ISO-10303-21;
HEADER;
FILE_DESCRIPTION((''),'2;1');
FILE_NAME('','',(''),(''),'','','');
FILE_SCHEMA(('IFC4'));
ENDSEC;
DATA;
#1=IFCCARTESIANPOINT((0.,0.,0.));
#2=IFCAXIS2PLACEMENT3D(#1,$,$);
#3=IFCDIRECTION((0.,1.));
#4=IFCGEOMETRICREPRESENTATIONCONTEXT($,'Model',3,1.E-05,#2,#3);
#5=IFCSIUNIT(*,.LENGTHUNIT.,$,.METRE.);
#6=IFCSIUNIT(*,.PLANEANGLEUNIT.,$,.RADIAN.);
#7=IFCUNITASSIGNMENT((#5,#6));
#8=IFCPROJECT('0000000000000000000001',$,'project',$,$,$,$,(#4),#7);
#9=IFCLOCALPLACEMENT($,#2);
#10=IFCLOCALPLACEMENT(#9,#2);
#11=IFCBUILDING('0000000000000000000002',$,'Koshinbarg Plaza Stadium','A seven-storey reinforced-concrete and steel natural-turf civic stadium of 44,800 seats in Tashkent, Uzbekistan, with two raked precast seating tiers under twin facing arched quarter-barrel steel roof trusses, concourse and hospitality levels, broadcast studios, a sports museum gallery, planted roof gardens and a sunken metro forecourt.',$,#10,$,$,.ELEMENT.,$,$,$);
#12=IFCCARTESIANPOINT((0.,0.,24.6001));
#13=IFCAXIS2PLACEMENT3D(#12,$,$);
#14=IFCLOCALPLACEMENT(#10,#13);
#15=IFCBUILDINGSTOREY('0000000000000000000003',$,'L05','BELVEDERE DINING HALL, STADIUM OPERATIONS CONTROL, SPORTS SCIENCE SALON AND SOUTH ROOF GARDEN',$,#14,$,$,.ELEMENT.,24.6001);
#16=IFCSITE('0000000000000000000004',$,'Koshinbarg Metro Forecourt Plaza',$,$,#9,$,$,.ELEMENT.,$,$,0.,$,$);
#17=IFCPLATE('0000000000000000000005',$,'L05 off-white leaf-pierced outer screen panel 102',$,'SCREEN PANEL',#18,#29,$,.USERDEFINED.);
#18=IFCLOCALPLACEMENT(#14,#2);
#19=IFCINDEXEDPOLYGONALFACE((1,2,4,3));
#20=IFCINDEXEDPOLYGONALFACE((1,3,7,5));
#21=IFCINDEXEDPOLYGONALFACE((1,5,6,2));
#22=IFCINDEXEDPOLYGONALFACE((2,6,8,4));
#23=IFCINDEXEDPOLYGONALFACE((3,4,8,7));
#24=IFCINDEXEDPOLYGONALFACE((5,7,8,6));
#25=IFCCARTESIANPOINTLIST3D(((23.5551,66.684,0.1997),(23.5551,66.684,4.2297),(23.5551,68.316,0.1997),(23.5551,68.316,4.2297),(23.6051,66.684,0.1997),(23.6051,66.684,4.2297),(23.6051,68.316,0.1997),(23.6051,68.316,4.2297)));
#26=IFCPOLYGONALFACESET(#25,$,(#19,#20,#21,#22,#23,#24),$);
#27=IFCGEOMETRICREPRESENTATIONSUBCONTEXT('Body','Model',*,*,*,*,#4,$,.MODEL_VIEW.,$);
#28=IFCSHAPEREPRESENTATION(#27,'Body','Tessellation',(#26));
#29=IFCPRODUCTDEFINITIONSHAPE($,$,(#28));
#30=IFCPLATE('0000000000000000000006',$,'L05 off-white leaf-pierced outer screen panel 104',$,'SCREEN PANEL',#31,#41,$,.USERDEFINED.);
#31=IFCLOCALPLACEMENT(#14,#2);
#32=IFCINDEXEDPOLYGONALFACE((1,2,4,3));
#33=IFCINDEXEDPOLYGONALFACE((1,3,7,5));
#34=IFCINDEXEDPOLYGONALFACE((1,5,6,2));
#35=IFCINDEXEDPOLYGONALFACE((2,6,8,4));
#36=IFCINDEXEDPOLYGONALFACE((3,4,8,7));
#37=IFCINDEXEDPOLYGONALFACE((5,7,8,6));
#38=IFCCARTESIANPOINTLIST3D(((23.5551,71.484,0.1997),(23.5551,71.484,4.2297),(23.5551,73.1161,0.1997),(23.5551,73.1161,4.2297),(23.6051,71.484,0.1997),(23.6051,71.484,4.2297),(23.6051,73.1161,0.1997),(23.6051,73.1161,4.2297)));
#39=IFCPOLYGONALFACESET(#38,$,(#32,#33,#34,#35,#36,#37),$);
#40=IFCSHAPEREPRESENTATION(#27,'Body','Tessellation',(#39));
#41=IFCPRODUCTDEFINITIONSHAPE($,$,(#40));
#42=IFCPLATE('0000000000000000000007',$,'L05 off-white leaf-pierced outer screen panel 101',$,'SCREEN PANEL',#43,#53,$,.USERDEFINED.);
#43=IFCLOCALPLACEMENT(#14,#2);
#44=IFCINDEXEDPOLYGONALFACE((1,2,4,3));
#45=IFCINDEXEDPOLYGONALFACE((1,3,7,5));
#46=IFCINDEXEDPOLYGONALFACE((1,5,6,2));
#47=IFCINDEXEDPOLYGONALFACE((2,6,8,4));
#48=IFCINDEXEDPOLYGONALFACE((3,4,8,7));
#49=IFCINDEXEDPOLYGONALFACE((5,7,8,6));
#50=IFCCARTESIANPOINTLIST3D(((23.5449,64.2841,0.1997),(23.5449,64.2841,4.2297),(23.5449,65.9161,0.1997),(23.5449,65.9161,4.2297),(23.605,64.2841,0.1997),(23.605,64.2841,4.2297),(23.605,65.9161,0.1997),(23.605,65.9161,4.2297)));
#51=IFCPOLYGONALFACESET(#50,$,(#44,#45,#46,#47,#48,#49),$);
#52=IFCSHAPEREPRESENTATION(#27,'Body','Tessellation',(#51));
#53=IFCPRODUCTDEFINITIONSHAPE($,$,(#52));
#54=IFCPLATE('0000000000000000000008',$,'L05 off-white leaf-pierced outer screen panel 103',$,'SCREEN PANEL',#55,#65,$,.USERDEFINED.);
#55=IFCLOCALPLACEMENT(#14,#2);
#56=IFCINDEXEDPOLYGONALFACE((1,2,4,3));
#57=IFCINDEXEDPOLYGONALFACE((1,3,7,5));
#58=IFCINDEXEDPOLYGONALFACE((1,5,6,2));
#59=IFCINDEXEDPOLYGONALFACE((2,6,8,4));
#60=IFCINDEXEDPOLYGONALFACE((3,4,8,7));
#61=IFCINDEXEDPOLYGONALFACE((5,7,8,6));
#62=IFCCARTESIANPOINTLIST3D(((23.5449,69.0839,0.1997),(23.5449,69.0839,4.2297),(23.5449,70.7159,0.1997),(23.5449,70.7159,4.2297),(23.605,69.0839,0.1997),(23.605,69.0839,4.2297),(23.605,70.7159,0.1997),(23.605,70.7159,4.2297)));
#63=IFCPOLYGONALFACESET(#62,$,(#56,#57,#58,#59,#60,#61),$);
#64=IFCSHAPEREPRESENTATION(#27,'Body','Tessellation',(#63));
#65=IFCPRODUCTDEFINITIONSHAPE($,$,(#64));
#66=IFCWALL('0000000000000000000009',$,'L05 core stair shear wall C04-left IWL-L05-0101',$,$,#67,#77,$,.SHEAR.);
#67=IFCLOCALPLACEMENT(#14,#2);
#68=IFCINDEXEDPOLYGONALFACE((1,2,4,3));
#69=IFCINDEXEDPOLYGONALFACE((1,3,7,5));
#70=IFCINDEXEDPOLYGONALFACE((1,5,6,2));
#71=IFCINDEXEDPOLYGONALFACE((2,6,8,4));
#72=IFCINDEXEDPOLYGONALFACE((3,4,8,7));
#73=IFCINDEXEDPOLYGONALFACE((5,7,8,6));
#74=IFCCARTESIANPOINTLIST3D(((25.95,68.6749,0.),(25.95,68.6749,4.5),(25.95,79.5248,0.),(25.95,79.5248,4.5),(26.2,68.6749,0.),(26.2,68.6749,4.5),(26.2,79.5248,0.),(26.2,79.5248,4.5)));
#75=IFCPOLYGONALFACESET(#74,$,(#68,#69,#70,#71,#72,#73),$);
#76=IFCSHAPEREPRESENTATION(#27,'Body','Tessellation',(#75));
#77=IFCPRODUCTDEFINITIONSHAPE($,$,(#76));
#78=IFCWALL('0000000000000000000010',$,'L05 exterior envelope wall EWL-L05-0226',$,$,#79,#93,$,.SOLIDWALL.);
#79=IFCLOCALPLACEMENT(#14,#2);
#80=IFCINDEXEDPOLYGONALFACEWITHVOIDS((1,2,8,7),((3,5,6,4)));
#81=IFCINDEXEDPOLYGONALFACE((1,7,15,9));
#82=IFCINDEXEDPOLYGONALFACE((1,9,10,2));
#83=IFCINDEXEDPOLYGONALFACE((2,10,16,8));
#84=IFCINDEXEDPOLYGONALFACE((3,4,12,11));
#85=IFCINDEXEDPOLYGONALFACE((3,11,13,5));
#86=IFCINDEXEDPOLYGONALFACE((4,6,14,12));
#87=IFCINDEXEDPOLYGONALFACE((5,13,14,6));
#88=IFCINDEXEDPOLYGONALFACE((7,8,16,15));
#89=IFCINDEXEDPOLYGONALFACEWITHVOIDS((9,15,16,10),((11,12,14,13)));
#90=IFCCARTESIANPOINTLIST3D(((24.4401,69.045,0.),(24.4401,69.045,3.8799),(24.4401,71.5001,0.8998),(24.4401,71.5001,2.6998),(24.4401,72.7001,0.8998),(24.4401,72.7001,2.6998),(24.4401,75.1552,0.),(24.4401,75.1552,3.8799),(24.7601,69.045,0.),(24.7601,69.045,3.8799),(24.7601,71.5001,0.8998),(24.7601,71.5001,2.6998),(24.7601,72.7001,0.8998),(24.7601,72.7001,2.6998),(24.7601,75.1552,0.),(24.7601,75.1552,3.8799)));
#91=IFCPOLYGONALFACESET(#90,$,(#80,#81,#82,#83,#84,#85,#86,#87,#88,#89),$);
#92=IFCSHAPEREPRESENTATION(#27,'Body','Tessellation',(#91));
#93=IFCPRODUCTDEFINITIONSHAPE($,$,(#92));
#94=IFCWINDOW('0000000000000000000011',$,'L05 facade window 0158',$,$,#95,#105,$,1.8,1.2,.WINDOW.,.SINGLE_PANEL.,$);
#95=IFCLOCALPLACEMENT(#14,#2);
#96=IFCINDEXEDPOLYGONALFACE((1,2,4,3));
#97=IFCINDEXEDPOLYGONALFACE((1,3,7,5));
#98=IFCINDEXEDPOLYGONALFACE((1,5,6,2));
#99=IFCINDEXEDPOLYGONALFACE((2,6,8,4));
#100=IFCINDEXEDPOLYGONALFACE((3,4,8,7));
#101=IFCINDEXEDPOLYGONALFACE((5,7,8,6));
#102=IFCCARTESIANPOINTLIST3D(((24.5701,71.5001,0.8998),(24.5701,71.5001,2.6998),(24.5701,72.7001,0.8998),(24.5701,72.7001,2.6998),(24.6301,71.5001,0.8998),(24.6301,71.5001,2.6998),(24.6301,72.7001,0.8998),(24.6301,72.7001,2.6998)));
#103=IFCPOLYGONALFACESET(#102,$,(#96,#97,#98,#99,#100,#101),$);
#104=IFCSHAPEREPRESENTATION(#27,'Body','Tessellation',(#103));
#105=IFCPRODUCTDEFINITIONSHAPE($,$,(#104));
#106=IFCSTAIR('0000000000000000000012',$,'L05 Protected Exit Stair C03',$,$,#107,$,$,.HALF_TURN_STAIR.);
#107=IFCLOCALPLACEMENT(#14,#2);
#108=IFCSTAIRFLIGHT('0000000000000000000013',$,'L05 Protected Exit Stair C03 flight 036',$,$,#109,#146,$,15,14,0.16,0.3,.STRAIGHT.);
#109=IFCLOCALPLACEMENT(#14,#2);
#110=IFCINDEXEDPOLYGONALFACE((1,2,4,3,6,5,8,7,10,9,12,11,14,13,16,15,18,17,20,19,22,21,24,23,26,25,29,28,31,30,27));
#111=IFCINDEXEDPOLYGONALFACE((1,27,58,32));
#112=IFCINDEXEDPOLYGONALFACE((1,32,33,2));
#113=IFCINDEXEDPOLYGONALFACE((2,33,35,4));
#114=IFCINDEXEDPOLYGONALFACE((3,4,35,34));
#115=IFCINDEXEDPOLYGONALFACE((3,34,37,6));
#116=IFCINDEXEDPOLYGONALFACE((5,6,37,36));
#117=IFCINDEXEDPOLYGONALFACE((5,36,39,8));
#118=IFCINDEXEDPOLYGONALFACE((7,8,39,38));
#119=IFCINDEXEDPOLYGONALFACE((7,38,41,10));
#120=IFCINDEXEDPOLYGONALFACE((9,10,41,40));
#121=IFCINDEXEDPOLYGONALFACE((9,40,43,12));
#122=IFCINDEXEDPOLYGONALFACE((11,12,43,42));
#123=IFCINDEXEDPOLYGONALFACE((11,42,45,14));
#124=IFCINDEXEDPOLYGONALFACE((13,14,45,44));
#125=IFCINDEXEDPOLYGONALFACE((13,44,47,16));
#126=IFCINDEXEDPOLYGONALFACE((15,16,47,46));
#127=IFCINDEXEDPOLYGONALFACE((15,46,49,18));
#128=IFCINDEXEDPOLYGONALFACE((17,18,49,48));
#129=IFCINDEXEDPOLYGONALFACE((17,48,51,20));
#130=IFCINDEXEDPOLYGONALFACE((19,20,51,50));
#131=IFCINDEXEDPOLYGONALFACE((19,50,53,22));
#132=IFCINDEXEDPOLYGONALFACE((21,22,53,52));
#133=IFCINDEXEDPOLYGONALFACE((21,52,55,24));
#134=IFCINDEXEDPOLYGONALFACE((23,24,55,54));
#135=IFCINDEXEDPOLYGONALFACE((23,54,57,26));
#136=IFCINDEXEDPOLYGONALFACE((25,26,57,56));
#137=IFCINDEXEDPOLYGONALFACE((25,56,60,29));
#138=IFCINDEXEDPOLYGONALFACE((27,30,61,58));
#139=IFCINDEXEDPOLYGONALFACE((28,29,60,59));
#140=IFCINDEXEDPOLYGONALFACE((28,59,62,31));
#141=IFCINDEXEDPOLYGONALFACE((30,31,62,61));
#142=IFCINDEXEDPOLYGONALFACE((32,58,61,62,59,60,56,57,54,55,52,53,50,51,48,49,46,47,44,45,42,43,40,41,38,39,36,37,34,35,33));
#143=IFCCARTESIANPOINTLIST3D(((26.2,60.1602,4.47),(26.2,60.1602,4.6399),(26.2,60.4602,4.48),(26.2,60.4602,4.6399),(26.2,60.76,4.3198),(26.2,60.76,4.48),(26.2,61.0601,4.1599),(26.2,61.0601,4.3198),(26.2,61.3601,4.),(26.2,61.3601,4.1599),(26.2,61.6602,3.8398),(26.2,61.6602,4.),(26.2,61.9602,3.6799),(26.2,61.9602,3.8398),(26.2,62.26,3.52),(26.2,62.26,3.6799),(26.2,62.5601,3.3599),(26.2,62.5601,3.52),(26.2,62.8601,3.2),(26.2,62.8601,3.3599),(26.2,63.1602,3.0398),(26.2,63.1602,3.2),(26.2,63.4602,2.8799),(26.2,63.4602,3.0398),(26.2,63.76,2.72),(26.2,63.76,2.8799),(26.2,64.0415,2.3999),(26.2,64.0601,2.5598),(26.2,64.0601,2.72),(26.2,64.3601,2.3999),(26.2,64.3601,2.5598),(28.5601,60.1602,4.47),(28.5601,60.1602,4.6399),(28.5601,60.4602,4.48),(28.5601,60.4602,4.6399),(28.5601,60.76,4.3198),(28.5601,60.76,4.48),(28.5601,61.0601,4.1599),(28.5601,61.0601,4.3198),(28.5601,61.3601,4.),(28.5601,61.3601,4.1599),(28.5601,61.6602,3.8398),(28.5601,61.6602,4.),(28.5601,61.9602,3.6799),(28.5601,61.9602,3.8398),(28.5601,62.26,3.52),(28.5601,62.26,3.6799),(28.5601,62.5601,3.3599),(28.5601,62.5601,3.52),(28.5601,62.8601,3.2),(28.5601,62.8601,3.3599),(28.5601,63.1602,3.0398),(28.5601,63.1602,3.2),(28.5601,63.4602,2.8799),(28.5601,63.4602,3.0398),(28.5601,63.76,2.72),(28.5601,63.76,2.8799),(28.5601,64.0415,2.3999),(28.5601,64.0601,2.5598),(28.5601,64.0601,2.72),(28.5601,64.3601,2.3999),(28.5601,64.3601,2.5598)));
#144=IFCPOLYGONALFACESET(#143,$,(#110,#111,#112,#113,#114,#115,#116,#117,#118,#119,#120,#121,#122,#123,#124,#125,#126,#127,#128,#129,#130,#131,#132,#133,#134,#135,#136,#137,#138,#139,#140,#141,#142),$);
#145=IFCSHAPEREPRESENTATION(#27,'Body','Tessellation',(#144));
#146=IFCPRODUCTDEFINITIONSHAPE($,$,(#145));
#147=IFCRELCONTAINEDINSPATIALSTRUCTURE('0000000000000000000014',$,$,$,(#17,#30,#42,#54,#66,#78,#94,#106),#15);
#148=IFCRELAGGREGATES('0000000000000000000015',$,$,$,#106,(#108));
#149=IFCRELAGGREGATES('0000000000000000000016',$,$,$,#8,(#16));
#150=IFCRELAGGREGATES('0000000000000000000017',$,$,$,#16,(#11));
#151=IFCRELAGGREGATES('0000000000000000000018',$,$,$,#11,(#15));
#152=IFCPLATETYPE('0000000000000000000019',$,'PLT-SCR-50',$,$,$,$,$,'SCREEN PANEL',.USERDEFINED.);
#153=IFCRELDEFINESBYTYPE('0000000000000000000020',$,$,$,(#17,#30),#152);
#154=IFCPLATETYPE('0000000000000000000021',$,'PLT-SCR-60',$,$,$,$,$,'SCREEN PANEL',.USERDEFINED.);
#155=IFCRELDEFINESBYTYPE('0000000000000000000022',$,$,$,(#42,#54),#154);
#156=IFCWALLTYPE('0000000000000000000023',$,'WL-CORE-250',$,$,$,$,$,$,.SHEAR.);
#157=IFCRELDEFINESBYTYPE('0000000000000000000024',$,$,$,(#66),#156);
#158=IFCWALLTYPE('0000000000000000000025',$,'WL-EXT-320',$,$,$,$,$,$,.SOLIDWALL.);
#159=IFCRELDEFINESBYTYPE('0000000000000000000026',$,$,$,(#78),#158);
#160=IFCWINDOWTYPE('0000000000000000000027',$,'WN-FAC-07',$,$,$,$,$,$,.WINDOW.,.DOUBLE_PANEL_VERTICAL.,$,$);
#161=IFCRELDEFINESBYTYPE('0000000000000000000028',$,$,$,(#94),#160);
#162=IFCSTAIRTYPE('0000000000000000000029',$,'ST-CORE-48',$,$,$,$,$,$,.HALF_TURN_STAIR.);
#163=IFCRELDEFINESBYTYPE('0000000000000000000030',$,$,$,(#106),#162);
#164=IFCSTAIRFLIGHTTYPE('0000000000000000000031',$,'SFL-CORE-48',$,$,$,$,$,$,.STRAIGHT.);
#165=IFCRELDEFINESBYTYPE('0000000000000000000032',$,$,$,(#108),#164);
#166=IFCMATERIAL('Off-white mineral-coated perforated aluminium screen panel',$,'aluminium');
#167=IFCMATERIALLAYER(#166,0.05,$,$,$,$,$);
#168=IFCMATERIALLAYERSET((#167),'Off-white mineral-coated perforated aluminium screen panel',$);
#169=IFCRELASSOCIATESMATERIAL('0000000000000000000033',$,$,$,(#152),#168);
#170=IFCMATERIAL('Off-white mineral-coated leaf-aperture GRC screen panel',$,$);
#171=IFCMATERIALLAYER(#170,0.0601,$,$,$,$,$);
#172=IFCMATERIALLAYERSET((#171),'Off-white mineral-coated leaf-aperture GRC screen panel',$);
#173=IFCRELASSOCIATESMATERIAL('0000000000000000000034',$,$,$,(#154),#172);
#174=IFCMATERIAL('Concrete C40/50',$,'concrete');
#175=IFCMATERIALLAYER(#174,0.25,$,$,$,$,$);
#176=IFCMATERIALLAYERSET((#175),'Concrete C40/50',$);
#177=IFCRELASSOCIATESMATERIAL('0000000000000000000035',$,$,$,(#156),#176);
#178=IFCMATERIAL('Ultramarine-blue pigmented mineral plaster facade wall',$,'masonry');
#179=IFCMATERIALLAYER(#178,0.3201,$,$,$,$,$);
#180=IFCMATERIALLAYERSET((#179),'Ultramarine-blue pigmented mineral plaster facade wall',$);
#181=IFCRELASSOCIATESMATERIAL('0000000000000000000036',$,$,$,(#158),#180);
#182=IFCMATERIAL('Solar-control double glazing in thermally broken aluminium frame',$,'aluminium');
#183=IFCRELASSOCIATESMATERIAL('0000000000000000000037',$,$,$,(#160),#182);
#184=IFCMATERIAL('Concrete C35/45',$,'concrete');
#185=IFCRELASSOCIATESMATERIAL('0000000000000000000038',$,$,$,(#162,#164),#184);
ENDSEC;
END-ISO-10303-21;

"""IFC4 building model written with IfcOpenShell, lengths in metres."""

from ifc_helpers import new_model, si_unit, direction, frame, frame_2d, origin, origin_2d, place, context, subcontext, project, spatial, polyline, rectangle, outline, extrude, material, layer, layer_set, type_object, element, fill, aggregate, save


model = new_model("IFC4")

# Units and contexts
model_context = context("Model", 3, precision=1e-05, world=origin(), true_north=direction((0.0, 1.0)))
body_context = subcontext(model_context, "Body", "Model", "MODEL_VIEW")
ifc_project = project(units=[si_unit("LENGTHUNIT", "METRE"), si_unit("PLANEANGLEUNIT", "RADIAN")], contexts=[model_context])

# Site, building, storey
site_placement = place(None, origin())
site = spatial("IfcSite", under=ifc_project, at=site_placement, Name="Koshinbarg Metro Forecourt Plaza", CompositionType="ELEMENT", RefElevation=0.0)
building_placement = place(site_placement, origin())
building = spatial("IfcBuilding", under=site, at=building_placement, Name="Koshinbarg Plaza Stadium", Description="A seven-storey reinforced-concrete and steel natural-turf civic stadium of 44,800 seats in Tashkent, Uzbekistan, with two raked precast seating tiers under twin facing arched quarter-barrel steel roof trusses, concourse and hospitality levels, broadcast studios, a sports museum gallery, planted roof gardens and a sunken metro forecourt.", CompositionType="ELEMENT")
storey_placement = place(building_placement, frame((0.0, 0.0, 24.6001)))
storey = spatial("IfcBuildingStorey", under=building, at=storey_placement, Name="L05", Description="BELVEDERE DINING HALL, STADIUM OPERATIONS CONTROL, SPORTS SCIENCE SALON AND SOUTH ROOF GARDEN", CompositionType="ELEMENT", Elevation=24.6001)

# Shared definitions
ifc_material_1 = material(Name="Concrete C40/50", Category="concrete")

# Plates
ifc_material_2 = material(Name="Off-white mineral-coated perforated aluminium screen panel", Category="aluminium")
ifc_layer_1 = layer(ifc_material_2, 0.05)
ifc_layer_set_1 = layer_set([ifc_layer_1], Name="Off-white mineral-coated perforated aluminium screen panel")
plate_type_1 = type_object("IfcPlateType", Name="PLT-SCR-50", ElementType="SCREEN PANEL", PredefinedType="USERDEFINED", material=ifc_layer_set_1)
for number, where, z_axis, x_axis, name in (
    (1, (23.5801, 67.5, 0.1997), (0.0, 0.0, 1.0), (1.0, 0.0, 0.0), "L05 off-white leaf-pierced outer screen panel 102"),
    (2, (23.5801, 72.3, 0.1997), (0.0, 0.0, 1.0), (1.0, 0.0, 0.0), "L05 off-white leaf-pierced outer screen panel 104"),
):
    element("IfcPlate", number, at=place(storey_placement, frame(where, z_axis=z_axis, x_axis=x_axis)), inside=storey, type_object=plate_type_1, Name=name, ObjectType="SCREEN PANEL", PredefinedType="USERDEFINED", context=body_context, shape_type="SweptSolid", body=[
        extrude(rectangle(XDim=0.05, YDim=1.6321, at=origin_2d()), origin(), (0.0, 0.0, 1.0), 4.03),
    ])
ifc_material_3 = material(Name="Off-white mineral-coated leaf-aperture GRC screen panel")
ifc_layer_2 = layer(ifc_material_3, 0.0601)
ifc_layer_set_2 = layer_set([ifc_layer_2], Name="Off-white mineral-coated leaf-aperture GRC screen panel")
plate_type_2 = type_object("IfcPlateType", Name="PLT-SCR-60", ElementType="SCREEN PANEL", PredefinedType="USERDEFINED", material=ifc_layer_set_2)
for number, where, z_axis, x_axis, name in (
    (3, (23.575, 65.1001, 0.1997), (0.0, 0.0, 1.0), (1.0, 0.0, 0.0), "L05 off-white leaf-pierced outer screen panel 101"),
    (4, (23.575, 69.8999, 0.1997), (0.0, 0.0, 1.0), (1.0, 0.0, 0.0), "L05 off-white leaf-pierced outer screen panel 103"),
):
    element("IfcPlate", number, at=place(storey_placement, frame(where, z_axis=z_axis, x_axis=x_axis)), inside=storey, type_object=plate_type_2, Name=name, ObjectType="SCREEN PANEL", PredefinedType="USERDEFINED", context=body_context, shape_type="SweptSolid", body=[
        extrude(rectangle(XDim=0.0601, YDim=1.6321, at=origin_2d()), origin(), (0.0, 0.0, 1.0), 4.03),
    ])

# Wall
ifc_layer_3 = layer(ifc_material_1, 0.25)
ifc_layer_set_3 = layer_set([ifc_layer_3], Name="Concrete C40/50")
wall_type_1 = type_object("IfcWallType", Name="WL-CORE-250", PredefinedType="SHEAR", material=ifc_layer_set_3)
wall_1_placement = place(storey_placement, frame((26.075, 68.675, 0.0), z_axis=(0.0, 0.0, 1.0), x_axis=(0.0, 1.0, 0.0)))
element("IfcWall", 5, at=wall_1_placement, inside=storey, type_object=wall_type_1, Name="L05 core stair shear wall C04-left IWL-L05-0101", PredefinedType="SHEAR", context=body_context, shape_type="SweptSolid", body=[
    extrude(rectangle(XDim=10.8499, YDim=0.25, at=frame_2d((5.4248, 0.0))), origin(), (0.0, 0.0, 1.0), 4.5),
])

# Wall, opening, window
ifc_material_4 = material(Name="Ultramarine-blue pigmented mineral plaster facade wall", Category="masonry")
ifc_layer_4 = layer(ifc_material_4, 0.3201)
ifc_layer_set_4 = layer_set([ifc_layer_4], Name="Ultramarine-blue pigmented mineral plaster facade wall")
wall_type_2 = type_object("IfcWallType", Name="WL-EXT-320", PredefinedType="SOLIDWALL", material=ifc_layer_set_4)
wall_2_placement = place(storey_placement, frame((24.6001, 69.0449, 0.0), z_axis=(0.0, 0.0, 1.0), x_axis=(0.0, 1.0, 0.0)))
wall_2 = element("IfcWall", 6, at=wall_2_placement, inside=storey, type_object=wall_type_2, Name="L05 exterior envelope wall EWL-L05-0226", PredefinedType="SOLIDWALL", context=body_context, shape_type="SweptSolid", body=[
    extrude(rectangle(XDim=6.1101, YDim=0.3201, at=frame_2d((3.0552, 0.0))), origin(), (0.0, 0.0, 1.0), 3.8799),
])
opening_placement = place(wall_2_placement, frame((2.4551, 0.0, 0.8999)))
opening = element("IfcOpeningElement", 7, at=opening_placement, cuts=wall_2, PredefinedType="OPENING", context=body_context, shape_type="SweptSolid", body=[
    extrude(rectangle(XDim=1.2, YDim=1.8, at=frame_2d((0.6001, 0.8999))), frame((0.0, 0.1699, 0.0), z_axis=(0.0, -1.0, 0.0), x_axis=(1.0, 0.0, 0.0)), (0.0, 0.0, 1.0), 0.3401),
])
ifc_material_5 = material(Name="Solar-control double glazing in thermally broken aluminium frame", Category="aluminium")
window_type = type_object("IfcWindowType", Name="WN-FAC-07", PartitioningType="DOUBLE_PANEL_VERTICAL", PredefinedType="WINDOW", material=ifc_material_5)
window_placement = place(opening_placement, origin())
window = element("IfcWindow", 8, at=window_placement, inside=storey, type_object=window_type, Name="L05 facade window 0158", OverallHeight=1.8, OverallWidth=1.2, PartitioningType="SINGLE_PANEL", PredefinedType="WINDOW", context=body_context, shape_type="SweptSolid", body=[
    extrude(rectangle(XDim=1.2, YDim=1.8, at=frame_2d((0.6001, 0.8999))), frame((0.0, 0.03, 0.0), z_axis=(0.0, -1.0, 0.0), x_axis=(1.0, 0.0, 0.0)), (0.0, 0.0, 1.0), 0.0601),
])
fill(opening, window)

# Stair, stair flight
ifc_material_6 = material(Name="Concrete C35/45", Category="concrete")
stair_type = type_object("IfcStairType", Name="ST-CORE-48", PredefinedType="HALF_TURN_STAIR", material=ifc_material_6)
stair_placement = place(storey_placement, origin())
stair = element("IfcStair", 9, at=stair_placement, inside=storey, type_object=stair_type, Name="L05 Protected Exit Stair C03", PredefinedType="HALF_TURN_STAIR")
stair_flight_type = type_object("IfcStairFlightType", Name="SFL-CORE-48", PredefinedType="STRAIGHT", material=ifc_material_6)
stair_flight_placement = place(storey_placement, frame((27.3799, 64.3601, 2.3999), z_axis=(0.0, 0.0, 1.0), x_axis=(0.0, -1.0, 0.0)))
stair_flight = element("IfcStairFlight", 10, at=stair_flight_placement, type_object=stair_flight_type, Name="L05 Protected Exit Stair C03 flight 036", NumberOfRisers=15, NumberOfTreads=14, PredefinedType="STRAIGHT", RiserHeight=0.16, TreadLength=0.3, context=body_context, shape_type="SweptSolid", body=[
    extrude(outline(polyline([(0.0, 0.0), (0.0, 0.1599), (0.3, 0.1599), (0.3, 0.3201), (0.6001, 0.3201), (0.6001, 0.48), (0.8999, 0.48), (0.8999, 0.6399), (1.2, 0.6399), (1.2, 0.8), (1.5, 0.8), (1.5, 0.96), (1.8, 0.96), (1.8, 1.1201), (2.1001, 1.1201), (2.1001, 1.28), (2.3999, 1.28), (2.3999, 1.4399), (2.7, 1.4399), (2.7, 1.6001), (3.0, 1.6001), (3.0, 1.76), (3.3, 1.76), (3.3, 1.9199), (3.6001, 1.9199), (3.6001, 2.0801), (3.8999, 2.0801), (3.8999, 2.24), (4.2, 2.24), (4.2, 2.3999), (4.2, 2.0701), (0.3186, 0.0), (0.0, 0.0)])), frame((0.0, 1.1802, 0.0), z_axis=(0.0, -1.0, 0.0), x_axis=(1.0, 0.0, 0.0)), (0.0, 0.0, 1.0), 2.3601),
])
aggregate(stair, [stair_flight])

save(model, "model.ifc")
